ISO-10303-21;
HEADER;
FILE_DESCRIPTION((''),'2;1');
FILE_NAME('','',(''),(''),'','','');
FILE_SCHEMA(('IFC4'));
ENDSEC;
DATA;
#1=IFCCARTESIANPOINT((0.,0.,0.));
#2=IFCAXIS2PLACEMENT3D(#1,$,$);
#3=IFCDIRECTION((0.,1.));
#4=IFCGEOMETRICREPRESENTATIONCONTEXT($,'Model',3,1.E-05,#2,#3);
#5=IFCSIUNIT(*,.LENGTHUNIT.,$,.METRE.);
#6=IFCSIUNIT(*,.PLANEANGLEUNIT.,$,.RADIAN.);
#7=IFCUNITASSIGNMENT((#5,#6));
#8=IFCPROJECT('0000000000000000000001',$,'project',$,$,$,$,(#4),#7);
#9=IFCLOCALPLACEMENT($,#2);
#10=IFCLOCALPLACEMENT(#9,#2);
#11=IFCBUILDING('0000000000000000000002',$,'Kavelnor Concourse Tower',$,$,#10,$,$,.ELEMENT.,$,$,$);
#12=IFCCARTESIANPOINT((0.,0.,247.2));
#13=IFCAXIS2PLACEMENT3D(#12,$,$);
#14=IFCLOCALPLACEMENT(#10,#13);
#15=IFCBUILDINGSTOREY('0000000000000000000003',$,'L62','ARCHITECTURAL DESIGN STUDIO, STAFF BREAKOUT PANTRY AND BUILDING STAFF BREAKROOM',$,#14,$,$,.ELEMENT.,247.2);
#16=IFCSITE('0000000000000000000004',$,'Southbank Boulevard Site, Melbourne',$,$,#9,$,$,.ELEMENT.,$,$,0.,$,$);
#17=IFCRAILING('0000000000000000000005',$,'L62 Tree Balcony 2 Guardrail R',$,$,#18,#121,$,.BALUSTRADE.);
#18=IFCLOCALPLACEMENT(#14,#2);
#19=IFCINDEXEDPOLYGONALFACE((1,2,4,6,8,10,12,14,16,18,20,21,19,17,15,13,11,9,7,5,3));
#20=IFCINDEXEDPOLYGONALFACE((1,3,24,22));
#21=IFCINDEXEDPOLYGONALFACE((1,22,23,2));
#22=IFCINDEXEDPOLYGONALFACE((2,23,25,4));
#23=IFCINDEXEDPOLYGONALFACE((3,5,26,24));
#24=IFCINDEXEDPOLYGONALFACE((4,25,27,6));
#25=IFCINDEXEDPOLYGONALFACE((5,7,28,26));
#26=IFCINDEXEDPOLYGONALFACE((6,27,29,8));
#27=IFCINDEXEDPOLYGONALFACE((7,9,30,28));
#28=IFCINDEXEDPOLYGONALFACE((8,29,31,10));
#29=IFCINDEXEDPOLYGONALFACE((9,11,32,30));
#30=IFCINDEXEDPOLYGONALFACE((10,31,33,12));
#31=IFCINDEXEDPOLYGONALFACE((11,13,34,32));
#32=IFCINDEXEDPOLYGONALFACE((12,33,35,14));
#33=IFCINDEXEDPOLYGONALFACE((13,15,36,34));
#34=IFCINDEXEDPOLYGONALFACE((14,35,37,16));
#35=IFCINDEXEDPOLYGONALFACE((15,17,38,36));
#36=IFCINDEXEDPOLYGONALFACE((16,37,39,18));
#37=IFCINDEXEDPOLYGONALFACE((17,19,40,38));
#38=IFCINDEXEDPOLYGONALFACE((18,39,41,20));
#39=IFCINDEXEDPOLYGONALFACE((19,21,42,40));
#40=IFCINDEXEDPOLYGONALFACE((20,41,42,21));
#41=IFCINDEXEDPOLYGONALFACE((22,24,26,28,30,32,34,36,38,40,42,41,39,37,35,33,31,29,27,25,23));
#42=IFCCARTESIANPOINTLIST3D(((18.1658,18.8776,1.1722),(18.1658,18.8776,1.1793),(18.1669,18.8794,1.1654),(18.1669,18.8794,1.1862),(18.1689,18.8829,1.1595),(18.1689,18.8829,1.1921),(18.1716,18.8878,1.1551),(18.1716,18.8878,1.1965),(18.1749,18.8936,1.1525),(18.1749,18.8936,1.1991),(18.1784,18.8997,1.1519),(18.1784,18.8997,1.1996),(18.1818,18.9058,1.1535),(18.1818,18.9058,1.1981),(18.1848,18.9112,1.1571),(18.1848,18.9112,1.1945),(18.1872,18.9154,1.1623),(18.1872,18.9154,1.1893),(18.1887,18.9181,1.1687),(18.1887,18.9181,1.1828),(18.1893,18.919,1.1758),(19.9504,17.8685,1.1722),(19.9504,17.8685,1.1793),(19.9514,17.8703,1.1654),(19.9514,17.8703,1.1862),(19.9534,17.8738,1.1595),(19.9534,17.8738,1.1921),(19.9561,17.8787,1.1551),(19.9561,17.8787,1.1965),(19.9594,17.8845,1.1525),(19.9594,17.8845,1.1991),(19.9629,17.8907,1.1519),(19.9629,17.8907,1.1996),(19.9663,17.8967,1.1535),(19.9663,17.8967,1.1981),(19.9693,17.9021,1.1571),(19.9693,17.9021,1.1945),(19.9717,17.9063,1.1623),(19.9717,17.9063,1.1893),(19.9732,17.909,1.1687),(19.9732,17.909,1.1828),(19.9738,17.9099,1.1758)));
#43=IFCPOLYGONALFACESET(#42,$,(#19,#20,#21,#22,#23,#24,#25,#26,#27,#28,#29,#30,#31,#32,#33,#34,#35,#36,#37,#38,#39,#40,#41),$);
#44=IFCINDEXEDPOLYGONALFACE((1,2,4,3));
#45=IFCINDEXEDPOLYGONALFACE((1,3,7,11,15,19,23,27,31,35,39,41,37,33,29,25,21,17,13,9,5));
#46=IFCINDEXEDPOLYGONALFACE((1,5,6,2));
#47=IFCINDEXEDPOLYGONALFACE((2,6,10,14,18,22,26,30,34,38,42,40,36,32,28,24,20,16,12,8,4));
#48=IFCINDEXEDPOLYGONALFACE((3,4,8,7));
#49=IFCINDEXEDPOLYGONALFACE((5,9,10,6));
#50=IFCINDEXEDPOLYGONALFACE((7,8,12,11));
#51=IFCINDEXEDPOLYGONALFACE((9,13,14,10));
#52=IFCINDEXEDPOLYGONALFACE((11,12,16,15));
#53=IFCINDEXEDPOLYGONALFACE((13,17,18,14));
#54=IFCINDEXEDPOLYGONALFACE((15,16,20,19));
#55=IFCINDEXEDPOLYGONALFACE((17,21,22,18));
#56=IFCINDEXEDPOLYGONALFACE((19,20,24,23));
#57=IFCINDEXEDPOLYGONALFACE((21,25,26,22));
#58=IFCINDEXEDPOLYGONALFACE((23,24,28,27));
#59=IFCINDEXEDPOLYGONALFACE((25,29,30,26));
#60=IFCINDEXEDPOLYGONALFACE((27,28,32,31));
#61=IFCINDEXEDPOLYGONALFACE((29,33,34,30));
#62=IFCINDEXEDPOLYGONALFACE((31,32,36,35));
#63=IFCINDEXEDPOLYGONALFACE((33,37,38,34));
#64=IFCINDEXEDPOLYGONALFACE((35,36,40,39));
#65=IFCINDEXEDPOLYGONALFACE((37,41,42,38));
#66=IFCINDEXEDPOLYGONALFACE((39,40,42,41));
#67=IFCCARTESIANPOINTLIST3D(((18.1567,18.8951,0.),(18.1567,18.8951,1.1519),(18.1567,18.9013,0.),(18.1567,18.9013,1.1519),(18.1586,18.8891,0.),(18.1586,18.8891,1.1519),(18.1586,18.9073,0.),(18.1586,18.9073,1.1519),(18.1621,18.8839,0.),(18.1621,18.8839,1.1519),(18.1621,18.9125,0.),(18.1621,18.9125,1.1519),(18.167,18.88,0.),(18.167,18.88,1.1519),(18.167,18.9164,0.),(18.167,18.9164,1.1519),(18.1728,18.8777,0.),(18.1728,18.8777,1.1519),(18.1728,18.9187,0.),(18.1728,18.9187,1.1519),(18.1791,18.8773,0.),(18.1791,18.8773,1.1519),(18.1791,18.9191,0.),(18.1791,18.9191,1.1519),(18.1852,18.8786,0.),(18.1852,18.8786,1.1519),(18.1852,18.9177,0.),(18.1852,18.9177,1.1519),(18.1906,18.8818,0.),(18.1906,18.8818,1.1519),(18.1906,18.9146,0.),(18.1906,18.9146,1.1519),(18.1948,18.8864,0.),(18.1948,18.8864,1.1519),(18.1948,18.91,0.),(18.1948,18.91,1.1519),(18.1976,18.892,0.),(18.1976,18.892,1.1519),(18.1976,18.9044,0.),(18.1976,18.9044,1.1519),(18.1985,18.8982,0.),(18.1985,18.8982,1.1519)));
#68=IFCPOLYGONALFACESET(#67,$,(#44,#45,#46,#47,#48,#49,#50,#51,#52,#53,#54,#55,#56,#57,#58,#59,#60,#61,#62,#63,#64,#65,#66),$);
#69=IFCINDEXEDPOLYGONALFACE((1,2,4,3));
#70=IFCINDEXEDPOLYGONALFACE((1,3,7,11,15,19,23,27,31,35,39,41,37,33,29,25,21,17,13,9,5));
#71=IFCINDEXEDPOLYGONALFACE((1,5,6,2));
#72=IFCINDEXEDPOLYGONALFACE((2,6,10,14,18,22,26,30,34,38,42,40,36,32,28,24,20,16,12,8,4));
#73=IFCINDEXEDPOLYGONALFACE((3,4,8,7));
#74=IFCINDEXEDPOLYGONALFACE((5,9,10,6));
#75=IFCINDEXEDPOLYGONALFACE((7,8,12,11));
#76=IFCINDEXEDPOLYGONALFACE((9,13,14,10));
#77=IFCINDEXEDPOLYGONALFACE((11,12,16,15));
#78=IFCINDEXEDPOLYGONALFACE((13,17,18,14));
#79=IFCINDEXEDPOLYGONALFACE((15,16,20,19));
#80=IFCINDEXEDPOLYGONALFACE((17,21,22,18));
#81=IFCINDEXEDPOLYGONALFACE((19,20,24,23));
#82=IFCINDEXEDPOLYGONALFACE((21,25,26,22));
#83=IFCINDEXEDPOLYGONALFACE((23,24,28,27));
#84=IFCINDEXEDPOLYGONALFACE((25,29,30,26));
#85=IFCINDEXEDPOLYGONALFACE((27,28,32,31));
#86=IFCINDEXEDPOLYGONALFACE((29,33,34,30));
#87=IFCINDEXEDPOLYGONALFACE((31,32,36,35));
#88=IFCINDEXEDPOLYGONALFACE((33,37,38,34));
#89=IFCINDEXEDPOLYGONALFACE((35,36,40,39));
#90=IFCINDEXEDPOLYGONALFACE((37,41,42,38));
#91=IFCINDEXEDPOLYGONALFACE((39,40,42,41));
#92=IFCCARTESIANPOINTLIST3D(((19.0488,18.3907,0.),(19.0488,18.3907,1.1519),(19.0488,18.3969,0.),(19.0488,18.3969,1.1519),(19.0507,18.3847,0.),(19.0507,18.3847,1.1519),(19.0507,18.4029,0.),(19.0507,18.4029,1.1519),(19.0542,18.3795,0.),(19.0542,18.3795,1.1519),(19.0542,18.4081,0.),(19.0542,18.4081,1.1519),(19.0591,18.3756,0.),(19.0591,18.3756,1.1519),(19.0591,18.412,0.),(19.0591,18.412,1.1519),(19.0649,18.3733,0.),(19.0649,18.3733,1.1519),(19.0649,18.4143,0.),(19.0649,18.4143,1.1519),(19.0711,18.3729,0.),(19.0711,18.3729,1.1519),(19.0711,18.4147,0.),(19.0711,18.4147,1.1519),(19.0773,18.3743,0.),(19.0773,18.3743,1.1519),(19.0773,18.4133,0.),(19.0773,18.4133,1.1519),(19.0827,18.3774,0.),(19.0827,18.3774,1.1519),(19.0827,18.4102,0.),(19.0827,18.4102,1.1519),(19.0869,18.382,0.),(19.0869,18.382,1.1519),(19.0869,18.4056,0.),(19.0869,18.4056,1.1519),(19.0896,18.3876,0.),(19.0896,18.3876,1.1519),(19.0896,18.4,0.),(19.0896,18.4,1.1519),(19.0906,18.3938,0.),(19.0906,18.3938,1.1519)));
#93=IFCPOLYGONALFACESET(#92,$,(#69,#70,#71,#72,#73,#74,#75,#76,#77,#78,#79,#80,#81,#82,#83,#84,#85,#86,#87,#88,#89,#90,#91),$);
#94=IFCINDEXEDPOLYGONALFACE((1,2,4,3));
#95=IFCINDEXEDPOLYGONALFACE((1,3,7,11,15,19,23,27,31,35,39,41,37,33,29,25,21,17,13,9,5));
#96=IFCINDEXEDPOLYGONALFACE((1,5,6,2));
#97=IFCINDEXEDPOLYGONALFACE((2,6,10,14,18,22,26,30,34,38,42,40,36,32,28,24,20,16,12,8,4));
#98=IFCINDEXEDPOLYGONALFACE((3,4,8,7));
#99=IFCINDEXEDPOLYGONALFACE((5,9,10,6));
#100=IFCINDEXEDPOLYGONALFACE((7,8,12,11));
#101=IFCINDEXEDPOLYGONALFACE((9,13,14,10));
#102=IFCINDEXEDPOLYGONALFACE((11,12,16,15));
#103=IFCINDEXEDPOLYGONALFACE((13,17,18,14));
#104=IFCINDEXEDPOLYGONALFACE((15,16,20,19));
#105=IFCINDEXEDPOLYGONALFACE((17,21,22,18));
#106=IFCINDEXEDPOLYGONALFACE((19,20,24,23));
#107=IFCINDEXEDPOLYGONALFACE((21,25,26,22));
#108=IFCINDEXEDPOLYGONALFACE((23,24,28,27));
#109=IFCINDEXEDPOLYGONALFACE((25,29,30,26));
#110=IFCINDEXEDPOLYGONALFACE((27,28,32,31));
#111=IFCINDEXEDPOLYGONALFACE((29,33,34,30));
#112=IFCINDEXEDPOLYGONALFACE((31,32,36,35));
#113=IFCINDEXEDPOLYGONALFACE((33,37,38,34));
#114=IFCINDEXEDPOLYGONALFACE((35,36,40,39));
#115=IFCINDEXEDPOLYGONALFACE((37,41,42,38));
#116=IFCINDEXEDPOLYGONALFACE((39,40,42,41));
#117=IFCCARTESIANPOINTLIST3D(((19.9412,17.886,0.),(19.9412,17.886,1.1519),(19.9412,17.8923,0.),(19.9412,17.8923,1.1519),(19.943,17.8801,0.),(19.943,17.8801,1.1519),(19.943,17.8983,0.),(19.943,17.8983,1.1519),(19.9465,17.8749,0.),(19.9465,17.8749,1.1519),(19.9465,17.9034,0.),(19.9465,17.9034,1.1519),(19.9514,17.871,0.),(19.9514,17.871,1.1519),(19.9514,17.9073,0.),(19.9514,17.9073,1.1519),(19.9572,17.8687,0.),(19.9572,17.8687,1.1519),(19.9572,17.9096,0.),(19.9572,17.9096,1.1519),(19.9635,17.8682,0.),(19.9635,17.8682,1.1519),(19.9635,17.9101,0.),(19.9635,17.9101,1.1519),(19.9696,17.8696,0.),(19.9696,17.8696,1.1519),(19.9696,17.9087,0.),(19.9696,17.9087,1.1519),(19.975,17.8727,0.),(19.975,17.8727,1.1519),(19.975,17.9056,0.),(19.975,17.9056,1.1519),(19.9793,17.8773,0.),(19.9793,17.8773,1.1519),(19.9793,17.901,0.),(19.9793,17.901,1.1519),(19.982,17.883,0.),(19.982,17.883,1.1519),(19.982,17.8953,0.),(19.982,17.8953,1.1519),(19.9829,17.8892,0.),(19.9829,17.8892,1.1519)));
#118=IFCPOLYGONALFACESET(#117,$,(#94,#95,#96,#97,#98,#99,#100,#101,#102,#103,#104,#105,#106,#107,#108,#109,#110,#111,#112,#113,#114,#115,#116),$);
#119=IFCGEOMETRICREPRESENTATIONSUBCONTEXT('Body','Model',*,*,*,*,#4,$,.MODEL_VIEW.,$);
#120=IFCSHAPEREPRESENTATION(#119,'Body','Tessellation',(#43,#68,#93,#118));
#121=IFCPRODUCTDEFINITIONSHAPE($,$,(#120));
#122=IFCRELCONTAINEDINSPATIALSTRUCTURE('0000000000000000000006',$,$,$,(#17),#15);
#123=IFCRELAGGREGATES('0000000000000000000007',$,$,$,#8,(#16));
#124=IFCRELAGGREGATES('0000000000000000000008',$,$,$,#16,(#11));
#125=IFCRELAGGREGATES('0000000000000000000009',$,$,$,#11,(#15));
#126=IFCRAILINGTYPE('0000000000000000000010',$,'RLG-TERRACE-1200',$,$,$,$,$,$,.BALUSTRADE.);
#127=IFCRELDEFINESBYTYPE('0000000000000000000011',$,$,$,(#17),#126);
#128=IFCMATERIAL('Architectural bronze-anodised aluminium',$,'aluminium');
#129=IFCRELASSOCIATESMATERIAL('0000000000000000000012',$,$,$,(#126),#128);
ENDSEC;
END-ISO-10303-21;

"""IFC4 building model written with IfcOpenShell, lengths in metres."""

from ifc_helpers import new_model, si_unit, direction, frame, origin, origin_2d, place, context, subcontext, project, spatial, circle, extrude, material, type_object, element, save


model = new_model("IFC4")

# Units and contexts
model_context = context("Model", 3, precision=1e-05, world=origin(), true_north=direction((0.0, 1.0)))
body_context = subcontext(model_context, "Body", "Model", "MODEL_VIEW")
ifc_project = project(units=[si_unit("LENGTHUNIT", "METRE"), si_unit("PLANEANGLEUNIT", "RADIAN")], contexts=[model_context])

# Site, building, storey
site_placement = place(None, origin())
site = spatial("IfcSite", under=ifc_project, at=site_placement, Name="Southbank Boulevard Site, Melbourne", CompositionType="ELEMENT", RefElevation=0.0)
building_placement = place(site_placement, origin())
building = spatial("IfcBuilding", under=site, at=building_placement, Name="Kavelnor Concourse Tower", CompositionType="ELEMENT")
storey_placement = place(building_placement, frame((0.0, 0.0, 247.2)))
storey = spatial("IfcBuildingStorey", under=building, at=storey_placement, Name="L62", Description="ARCHITECTURAL DESIGN STUDIO, STAFF BREAKOUT PANTRY AND BUILDING STAFF BREAKROOM", CompositionType="ELEMENT", Elevation=247.2)

# Railing
ifc_material_1 = material(Name="Architectural bronze-anodised aluminium", Category="aluminium")
railing_type_1 = type_object("IfcRailingType", Name="RLG-TERRACE-1200", PredefinedType="BALUSTRADE", material=ifc_material_1)
railing_1_placement = place(storey_placement, frame((18.1775, 18.8982, 0.0)))
element("IfcRailing", 1, at=railing_1_placement, inside=storey, type_object=railing_type_1, Name="L62 Tree Balcony 2 Guardrail R", PredefinedType="BALUSTRADE", context=body_context, shape_type="SweptSolid", body=[
    extrude(circle(Radius=0.0239, at=origin_2d()), frame((0.0, 0.0, 1.1758), z_axis=(0.87047, -0.492222, 0.0), x_axis=(0.492222, 0.87047, 0.0)), (0.0, 0.0, 1.0), 2.05),
    extrude(circle(Radius=0.021, at=origin_2d()), origin(), (0.0, 0.0, 1.0), 1.1519),
    extrude(circle(Radius=0.021, at=origin_2d()), frame((0.8921, -0.5044, 0.0)), (0.0, 0.0, 1.0), 1.1519),
    extrude(circle(Radius=0.021, at=origin_2d()), frame((1.7844, -1.009, 0.0)), (0.0, 0.0, 1.0), 1.1519),
])

save(model, "model.ifc")
